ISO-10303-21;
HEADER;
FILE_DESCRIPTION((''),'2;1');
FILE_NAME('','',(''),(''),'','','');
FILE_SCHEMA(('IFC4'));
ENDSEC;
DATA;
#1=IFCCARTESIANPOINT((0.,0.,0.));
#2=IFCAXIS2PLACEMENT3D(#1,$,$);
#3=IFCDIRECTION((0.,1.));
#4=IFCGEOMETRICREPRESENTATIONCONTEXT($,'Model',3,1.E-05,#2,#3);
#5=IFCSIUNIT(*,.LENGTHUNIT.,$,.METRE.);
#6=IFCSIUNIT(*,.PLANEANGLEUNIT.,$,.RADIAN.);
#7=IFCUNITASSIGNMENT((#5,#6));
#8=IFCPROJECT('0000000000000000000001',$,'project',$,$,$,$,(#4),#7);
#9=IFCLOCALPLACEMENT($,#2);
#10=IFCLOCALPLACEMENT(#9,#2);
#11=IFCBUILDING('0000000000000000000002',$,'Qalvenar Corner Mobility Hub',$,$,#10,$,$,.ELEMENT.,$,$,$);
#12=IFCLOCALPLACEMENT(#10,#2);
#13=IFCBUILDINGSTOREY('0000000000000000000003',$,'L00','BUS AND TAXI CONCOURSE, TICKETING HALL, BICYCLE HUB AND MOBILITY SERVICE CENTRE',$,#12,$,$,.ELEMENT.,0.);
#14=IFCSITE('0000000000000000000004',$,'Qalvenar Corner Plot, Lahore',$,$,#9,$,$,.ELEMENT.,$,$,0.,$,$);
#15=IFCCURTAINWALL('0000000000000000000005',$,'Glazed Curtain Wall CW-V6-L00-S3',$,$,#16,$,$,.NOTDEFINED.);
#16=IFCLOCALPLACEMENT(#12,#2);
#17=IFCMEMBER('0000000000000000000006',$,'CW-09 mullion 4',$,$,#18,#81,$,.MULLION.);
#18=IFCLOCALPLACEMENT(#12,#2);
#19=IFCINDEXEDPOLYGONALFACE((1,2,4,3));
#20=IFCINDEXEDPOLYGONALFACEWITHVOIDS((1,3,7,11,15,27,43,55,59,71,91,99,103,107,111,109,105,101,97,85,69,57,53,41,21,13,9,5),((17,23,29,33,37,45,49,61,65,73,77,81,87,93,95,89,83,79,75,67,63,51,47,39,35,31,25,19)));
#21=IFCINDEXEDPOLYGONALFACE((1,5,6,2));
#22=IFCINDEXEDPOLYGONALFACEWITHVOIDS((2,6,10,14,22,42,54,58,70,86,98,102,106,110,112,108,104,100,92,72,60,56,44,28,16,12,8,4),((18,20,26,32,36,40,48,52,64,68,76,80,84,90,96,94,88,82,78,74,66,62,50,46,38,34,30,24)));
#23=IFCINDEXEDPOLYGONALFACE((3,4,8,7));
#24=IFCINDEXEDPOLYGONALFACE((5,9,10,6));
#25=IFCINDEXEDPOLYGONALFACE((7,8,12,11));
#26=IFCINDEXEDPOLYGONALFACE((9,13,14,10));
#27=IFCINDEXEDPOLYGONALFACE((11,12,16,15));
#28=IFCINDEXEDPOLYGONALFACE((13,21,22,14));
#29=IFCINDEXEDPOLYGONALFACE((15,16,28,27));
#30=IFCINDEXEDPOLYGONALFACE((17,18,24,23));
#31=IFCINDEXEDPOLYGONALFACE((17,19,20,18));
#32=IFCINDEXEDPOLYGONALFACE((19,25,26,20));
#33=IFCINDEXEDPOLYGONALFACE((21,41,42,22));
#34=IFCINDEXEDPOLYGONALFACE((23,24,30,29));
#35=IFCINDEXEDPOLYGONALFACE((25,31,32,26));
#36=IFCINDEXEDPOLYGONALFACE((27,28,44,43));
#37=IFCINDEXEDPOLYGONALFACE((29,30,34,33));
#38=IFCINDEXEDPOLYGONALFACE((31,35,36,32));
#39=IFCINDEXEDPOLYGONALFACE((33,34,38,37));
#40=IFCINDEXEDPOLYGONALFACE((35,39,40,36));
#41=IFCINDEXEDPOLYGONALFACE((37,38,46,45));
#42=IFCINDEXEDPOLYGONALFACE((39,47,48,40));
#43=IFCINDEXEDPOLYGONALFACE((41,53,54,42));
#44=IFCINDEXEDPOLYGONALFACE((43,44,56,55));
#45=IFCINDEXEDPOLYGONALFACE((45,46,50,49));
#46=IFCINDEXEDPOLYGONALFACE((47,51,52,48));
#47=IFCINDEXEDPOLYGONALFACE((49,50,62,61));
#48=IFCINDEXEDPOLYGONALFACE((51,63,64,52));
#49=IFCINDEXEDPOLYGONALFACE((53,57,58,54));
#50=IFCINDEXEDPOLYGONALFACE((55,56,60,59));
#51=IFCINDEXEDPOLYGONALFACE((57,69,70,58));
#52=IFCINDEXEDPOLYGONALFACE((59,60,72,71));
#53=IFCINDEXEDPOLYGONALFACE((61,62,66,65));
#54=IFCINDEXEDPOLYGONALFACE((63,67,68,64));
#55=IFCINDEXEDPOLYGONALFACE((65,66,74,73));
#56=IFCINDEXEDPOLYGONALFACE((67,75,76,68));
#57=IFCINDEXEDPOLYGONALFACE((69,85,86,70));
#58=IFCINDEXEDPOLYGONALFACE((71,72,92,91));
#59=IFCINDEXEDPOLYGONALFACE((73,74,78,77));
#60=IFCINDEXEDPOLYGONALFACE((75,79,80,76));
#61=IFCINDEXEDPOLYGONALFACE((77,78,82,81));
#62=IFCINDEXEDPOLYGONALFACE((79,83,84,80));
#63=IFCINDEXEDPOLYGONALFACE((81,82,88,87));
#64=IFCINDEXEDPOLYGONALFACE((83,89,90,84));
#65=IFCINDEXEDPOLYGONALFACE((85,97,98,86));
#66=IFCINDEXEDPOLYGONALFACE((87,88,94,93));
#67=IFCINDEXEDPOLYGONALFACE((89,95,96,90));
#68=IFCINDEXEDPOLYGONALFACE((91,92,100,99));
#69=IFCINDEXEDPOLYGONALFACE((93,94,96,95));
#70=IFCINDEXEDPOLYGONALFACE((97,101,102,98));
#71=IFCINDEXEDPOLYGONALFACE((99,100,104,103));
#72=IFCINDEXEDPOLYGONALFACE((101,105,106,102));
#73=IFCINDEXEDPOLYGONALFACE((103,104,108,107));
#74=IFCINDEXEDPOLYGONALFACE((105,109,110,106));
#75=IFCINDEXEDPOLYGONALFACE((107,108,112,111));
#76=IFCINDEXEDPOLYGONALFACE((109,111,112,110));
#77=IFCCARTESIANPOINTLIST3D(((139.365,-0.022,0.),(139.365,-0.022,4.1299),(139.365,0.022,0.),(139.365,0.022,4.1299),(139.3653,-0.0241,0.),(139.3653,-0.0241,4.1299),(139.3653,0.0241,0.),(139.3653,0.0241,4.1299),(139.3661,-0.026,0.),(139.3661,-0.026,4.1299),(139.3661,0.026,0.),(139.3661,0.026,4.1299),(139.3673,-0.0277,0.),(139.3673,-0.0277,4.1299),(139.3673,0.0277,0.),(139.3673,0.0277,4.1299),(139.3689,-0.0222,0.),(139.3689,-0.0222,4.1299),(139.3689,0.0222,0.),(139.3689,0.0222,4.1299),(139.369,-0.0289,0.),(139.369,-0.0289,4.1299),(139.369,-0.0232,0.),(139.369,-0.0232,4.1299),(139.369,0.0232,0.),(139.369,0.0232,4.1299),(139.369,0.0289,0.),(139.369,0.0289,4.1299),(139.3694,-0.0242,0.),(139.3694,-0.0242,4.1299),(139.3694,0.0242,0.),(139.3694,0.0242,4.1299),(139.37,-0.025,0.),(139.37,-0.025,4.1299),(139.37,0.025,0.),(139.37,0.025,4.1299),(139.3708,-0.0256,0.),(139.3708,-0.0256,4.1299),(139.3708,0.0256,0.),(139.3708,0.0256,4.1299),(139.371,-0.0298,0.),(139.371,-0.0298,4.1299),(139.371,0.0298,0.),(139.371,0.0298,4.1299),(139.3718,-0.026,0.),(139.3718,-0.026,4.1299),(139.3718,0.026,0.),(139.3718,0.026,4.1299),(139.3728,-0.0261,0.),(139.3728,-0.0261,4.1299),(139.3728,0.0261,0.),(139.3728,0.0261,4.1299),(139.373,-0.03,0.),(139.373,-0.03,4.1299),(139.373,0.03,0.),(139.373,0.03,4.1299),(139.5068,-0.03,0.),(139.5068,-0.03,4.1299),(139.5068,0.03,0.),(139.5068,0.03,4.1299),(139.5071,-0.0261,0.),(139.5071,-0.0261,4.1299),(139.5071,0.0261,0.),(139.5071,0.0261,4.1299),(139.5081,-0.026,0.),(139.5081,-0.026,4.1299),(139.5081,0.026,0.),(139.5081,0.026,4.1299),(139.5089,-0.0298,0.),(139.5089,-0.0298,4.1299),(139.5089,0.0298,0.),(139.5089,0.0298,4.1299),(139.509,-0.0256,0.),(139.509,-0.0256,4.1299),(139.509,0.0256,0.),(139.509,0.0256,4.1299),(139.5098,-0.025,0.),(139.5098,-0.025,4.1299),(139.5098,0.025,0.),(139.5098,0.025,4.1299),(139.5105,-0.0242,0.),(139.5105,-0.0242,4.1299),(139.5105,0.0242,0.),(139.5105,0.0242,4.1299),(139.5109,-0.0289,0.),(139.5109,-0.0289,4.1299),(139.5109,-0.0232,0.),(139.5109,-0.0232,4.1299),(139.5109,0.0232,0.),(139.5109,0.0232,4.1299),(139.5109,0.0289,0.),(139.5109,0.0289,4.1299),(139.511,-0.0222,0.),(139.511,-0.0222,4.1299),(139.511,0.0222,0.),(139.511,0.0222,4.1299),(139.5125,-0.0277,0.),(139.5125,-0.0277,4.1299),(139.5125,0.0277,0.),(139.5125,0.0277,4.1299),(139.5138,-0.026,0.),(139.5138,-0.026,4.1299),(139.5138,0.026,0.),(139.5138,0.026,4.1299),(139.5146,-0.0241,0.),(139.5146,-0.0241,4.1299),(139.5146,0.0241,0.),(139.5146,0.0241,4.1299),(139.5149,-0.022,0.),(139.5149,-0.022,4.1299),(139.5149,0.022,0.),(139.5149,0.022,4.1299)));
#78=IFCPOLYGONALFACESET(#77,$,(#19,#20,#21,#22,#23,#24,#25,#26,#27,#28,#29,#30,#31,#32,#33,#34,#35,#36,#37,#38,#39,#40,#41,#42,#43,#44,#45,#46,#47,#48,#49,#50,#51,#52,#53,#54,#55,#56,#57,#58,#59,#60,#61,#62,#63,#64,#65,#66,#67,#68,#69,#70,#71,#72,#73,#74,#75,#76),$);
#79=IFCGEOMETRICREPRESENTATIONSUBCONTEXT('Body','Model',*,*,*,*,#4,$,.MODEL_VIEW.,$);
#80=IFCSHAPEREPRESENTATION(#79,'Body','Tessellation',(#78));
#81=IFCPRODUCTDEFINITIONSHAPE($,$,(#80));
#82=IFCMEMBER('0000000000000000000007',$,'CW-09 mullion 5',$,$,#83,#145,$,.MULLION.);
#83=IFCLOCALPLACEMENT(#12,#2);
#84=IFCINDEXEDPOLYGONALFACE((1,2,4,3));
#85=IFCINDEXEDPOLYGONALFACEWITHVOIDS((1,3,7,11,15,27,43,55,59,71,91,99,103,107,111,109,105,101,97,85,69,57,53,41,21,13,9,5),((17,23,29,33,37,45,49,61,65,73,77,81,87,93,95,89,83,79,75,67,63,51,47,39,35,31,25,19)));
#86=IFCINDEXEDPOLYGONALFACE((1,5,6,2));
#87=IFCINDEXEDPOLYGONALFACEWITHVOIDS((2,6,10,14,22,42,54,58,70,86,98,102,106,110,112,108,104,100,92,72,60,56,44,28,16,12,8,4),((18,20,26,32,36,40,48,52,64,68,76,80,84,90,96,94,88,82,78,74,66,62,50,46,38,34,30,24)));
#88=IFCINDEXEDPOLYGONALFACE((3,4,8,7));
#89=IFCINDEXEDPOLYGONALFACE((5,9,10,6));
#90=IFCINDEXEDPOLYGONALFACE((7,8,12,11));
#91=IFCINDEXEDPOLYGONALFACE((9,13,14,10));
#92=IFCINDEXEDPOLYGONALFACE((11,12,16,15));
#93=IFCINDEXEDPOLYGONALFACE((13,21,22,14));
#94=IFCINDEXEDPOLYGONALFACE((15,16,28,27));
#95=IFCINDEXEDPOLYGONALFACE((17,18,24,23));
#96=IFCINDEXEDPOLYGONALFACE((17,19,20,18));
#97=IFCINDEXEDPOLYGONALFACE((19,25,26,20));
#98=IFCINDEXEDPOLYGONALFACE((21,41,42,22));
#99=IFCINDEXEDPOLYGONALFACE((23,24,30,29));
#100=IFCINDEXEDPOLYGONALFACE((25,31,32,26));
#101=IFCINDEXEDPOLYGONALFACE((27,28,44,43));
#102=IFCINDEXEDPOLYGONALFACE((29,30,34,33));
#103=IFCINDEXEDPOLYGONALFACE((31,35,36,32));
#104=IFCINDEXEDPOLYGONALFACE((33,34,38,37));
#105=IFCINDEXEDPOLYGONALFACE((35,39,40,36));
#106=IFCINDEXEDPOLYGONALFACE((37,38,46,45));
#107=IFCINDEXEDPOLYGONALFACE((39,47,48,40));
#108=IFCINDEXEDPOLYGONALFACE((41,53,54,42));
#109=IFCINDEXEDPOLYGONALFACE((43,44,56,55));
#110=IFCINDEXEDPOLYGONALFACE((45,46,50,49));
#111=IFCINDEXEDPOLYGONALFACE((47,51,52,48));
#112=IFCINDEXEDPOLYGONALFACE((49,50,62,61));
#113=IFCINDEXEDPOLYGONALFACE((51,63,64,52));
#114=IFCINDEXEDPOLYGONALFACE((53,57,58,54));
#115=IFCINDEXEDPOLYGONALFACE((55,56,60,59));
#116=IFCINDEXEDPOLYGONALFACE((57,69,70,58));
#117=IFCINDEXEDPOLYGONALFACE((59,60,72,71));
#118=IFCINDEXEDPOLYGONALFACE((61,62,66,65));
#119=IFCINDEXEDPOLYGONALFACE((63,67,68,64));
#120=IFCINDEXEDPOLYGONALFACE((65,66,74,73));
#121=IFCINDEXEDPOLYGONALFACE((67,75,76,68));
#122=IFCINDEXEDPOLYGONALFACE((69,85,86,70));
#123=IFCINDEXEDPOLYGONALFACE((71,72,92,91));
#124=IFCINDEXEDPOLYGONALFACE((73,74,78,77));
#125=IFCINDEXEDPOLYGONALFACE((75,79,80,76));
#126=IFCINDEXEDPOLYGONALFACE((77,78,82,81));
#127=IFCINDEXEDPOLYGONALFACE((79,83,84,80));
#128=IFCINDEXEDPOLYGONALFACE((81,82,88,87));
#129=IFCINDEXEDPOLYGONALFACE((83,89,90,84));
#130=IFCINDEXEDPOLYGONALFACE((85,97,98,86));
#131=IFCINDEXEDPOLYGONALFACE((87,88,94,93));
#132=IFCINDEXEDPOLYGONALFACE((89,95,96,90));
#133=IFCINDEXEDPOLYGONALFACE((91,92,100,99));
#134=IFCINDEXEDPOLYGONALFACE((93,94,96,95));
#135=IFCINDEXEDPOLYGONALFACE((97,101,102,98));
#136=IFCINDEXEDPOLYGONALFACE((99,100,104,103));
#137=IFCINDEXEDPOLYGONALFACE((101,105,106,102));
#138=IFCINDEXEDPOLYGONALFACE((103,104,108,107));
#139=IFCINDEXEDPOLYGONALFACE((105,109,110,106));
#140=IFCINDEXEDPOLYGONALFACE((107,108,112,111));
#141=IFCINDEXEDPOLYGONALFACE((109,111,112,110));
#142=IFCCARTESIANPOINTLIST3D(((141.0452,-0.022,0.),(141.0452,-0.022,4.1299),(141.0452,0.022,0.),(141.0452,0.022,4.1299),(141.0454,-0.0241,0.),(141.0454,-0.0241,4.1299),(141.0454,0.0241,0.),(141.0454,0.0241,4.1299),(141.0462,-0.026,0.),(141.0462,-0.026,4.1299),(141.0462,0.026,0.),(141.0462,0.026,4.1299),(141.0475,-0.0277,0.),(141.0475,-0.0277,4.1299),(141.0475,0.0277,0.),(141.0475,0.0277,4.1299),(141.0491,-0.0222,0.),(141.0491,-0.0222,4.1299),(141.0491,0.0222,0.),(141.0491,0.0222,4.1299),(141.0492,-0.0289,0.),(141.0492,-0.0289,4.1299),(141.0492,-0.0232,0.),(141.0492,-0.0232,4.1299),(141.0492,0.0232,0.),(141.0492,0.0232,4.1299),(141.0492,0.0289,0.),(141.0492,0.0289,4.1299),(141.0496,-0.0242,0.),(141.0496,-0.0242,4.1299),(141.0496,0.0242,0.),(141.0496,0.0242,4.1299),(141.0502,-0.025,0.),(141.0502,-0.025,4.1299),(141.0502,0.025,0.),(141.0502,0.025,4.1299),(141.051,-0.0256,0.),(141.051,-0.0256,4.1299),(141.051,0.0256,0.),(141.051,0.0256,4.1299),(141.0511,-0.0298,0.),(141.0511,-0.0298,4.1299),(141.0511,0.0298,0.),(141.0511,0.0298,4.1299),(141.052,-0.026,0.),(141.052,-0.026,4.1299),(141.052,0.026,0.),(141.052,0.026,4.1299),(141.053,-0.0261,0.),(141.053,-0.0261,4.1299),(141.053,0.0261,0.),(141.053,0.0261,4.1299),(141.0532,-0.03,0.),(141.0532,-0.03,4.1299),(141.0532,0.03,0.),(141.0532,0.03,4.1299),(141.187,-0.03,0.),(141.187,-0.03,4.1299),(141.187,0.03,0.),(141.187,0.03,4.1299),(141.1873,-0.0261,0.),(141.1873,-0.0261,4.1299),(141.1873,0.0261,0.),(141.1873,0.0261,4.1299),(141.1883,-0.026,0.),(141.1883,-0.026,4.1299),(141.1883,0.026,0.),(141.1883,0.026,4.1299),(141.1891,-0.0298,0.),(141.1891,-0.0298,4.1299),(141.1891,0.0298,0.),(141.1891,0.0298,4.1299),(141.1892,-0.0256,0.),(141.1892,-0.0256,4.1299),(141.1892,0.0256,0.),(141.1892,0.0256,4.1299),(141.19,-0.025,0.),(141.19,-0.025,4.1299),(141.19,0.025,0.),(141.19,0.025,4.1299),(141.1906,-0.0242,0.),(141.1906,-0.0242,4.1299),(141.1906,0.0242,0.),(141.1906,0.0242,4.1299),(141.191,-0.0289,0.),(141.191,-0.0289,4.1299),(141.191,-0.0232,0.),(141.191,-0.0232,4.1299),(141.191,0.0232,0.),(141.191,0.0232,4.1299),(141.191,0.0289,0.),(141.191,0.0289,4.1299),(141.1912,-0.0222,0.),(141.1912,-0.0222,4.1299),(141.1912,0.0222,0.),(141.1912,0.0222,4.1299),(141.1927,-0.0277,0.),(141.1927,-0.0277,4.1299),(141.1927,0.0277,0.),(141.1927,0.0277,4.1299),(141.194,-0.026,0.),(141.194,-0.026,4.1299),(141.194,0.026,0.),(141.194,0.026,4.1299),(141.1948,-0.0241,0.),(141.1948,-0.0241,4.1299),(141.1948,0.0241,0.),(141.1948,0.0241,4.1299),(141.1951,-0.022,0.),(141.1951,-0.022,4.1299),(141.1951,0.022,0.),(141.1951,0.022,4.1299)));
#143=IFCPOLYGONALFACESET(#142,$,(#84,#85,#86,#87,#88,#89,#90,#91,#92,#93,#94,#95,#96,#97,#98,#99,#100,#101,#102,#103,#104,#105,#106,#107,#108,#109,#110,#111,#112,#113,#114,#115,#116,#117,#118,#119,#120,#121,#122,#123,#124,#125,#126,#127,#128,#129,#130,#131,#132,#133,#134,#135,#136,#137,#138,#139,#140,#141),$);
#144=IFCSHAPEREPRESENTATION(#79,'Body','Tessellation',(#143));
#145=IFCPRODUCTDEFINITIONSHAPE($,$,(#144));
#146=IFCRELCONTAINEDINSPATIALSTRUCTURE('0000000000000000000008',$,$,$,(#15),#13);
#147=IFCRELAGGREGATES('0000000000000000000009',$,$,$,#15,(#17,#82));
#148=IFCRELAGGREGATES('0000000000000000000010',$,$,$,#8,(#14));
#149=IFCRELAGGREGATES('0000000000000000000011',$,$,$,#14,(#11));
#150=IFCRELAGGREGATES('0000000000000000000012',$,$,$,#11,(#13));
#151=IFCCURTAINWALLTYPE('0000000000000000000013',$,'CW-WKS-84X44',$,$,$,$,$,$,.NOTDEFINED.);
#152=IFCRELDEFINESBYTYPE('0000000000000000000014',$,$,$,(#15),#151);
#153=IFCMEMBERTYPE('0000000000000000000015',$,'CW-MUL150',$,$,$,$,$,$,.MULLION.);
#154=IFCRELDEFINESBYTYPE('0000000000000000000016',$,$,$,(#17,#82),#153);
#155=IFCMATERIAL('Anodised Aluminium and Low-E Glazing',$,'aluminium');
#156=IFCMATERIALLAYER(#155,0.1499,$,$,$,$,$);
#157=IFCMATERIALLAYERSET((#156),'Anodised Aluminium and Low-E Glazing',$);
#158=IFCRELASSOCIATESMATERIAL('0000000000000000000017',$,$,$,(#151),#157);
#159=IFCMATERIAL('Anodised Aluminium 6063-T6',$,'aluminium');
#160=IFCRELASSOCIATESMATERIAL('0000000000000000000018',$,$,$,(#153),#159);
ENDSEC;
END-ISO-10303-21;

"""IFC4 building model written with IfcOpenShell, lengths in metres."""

from ifc_helpers import new_model, si_unit, direction, frame, origin, origin_2d, place, context, subcontext, project, spatial, hollow_rectangle, extrude, material, layer, layer_set, material_profile, profile_set, type_object, element, aggregate, save


model = new_model("IFC4")

# Units and contexts
model_context = context("Model", 3, precision=1e-05, world=origin(), true_north=direction((0.0, 1.0)))
body_context = subcontext(model_context, "Body", "Model", "MODEL_VIEW")
ifc_project = project(units=[si_unit("LENGTHUNIT", "METRE"), si_unit("PLANEANGLEUNIT", "RADIAN")], contexts=[model_context])

# Site, building, storey
site_placement = place(None, origin())
site = spatial("IfcSite", under=ifc_project, at=site_placement, Name="Qalvenar Corner Plot, Lahore", CompositionType="ELEMENT", RefElevation=0.0)
building_placement = place(site_placement, origin())
building = spatial("IfcBuilding", under=site, at=building_placement, Name="Qalvenar Corner Mobility Hub", CompositionType="ELEMENT")
storey_placement = place(building_placement, origin())
storey = spatial("IfcBuildingStorey", under=building, at=storey_placement, Name="L00", Description="BUS AND TAXI CONCOURSE, TICKETING HALL, BICYCLE HUB AND MOBILITY SERVICE CENTRE", CompositionType="ELEMENT", Elevation=0.0)

# Curtain wall, members
ifc_material_1 = material(Name="Anodised Aluminium and Low-E Glazing", Category="aluminium")
ifc_layer_1 = layer(ifc_material_1, 0.1499)
ifc_layer_set_1 = layer_set([ifc_layer_1], Name="Anodised Aluminium and Low-E Glazing")
curtain_wall_type = type_object("IfcCurtainWallType", Name="CW-WKS-84X44", PredefinedType="NOTDEFINED", material=ifc_layer_set_1)
curtain_wall_placement = place(storey_placement, origin())
curtain_wall = element("IfcCurtainWall", 1, at=curtain_wall_placement, inside=storey, type_object=curtain_wall_type, Name="Glazed Curtain Wall CW-V6-L00-S3", PredefinedType="NOTDEFINED")
ifc_material_2 = material(Name="Anodised Aluminium 6063-T6", Category="aluminium")
ifc_material_profile_1 = material_profile(ifc_material_2, hollow_rectangle(XDim=0.0601, YDim=0.1499, WallThickness=0.0039, InnerFilletRadius=0.0039, OuterFilletRadius=0.0081, at=origin_2d()), Name="RHS150x60x4")
ifc_profile_set_1 = profile_set([ifc_material_profile_1], Name="Anodised Aluminium 6063-T6")
member_type_1 = type_object("IfcMemberType", Name="CW-MUL150", PredefinedType="MULLION", material=ifc_profile_set_1)
member_1_placement = place(storey_placement, frame((139.4399, 0.0, 0.0), z_axis=(0.0, 0.0, 1.0), x_axis=(0.0, 1.0, 0.0)))
member_1 = element("IfcMember", 2, at=member_1_placement, type_object=member_type_1, Name="CW-09 mullion 4", PredefinedType="MULLION", context=body_context, shape_type="SweptSolid", body=[
    extrude(hollow_rectangle(XDim=0.0601, YDim=0.1499, WallThickness=0.0039, InnerFilletRadius=0.0039, OuterFilletRadius=0.0081, at=origin_2d()), origin(), (0.0, 0.0, 1.0), 4.1299),
])
member_2_placement = place(storey_placement, frame((141.1201, 0.0, 0.0), z_axis=(0.0, 0.0, 1.0), x_axis=(0.0, 1.0, 0.0)))
member_2 = element("IfcMember", 3, at=member_2_placement, type_object=member_type_1, Name="CW-09 mullion 5", PredefinedType="MULLION", context=body_context, shape_type="SweptSolid", body=[
    extrude(hollow_rectangle(XDim=0.0601, YDim=0.1499, WallThickness=0.0039, InnerFilletRadius=0.0039, OuterFilletRadius=0.0081, at=origin_2d()), origin(), (0.0, 0.0, 1.0), 4.1299),
])
aggregate(curtain_wall, [member_1, member_2])

save(model, "model.ifc")
